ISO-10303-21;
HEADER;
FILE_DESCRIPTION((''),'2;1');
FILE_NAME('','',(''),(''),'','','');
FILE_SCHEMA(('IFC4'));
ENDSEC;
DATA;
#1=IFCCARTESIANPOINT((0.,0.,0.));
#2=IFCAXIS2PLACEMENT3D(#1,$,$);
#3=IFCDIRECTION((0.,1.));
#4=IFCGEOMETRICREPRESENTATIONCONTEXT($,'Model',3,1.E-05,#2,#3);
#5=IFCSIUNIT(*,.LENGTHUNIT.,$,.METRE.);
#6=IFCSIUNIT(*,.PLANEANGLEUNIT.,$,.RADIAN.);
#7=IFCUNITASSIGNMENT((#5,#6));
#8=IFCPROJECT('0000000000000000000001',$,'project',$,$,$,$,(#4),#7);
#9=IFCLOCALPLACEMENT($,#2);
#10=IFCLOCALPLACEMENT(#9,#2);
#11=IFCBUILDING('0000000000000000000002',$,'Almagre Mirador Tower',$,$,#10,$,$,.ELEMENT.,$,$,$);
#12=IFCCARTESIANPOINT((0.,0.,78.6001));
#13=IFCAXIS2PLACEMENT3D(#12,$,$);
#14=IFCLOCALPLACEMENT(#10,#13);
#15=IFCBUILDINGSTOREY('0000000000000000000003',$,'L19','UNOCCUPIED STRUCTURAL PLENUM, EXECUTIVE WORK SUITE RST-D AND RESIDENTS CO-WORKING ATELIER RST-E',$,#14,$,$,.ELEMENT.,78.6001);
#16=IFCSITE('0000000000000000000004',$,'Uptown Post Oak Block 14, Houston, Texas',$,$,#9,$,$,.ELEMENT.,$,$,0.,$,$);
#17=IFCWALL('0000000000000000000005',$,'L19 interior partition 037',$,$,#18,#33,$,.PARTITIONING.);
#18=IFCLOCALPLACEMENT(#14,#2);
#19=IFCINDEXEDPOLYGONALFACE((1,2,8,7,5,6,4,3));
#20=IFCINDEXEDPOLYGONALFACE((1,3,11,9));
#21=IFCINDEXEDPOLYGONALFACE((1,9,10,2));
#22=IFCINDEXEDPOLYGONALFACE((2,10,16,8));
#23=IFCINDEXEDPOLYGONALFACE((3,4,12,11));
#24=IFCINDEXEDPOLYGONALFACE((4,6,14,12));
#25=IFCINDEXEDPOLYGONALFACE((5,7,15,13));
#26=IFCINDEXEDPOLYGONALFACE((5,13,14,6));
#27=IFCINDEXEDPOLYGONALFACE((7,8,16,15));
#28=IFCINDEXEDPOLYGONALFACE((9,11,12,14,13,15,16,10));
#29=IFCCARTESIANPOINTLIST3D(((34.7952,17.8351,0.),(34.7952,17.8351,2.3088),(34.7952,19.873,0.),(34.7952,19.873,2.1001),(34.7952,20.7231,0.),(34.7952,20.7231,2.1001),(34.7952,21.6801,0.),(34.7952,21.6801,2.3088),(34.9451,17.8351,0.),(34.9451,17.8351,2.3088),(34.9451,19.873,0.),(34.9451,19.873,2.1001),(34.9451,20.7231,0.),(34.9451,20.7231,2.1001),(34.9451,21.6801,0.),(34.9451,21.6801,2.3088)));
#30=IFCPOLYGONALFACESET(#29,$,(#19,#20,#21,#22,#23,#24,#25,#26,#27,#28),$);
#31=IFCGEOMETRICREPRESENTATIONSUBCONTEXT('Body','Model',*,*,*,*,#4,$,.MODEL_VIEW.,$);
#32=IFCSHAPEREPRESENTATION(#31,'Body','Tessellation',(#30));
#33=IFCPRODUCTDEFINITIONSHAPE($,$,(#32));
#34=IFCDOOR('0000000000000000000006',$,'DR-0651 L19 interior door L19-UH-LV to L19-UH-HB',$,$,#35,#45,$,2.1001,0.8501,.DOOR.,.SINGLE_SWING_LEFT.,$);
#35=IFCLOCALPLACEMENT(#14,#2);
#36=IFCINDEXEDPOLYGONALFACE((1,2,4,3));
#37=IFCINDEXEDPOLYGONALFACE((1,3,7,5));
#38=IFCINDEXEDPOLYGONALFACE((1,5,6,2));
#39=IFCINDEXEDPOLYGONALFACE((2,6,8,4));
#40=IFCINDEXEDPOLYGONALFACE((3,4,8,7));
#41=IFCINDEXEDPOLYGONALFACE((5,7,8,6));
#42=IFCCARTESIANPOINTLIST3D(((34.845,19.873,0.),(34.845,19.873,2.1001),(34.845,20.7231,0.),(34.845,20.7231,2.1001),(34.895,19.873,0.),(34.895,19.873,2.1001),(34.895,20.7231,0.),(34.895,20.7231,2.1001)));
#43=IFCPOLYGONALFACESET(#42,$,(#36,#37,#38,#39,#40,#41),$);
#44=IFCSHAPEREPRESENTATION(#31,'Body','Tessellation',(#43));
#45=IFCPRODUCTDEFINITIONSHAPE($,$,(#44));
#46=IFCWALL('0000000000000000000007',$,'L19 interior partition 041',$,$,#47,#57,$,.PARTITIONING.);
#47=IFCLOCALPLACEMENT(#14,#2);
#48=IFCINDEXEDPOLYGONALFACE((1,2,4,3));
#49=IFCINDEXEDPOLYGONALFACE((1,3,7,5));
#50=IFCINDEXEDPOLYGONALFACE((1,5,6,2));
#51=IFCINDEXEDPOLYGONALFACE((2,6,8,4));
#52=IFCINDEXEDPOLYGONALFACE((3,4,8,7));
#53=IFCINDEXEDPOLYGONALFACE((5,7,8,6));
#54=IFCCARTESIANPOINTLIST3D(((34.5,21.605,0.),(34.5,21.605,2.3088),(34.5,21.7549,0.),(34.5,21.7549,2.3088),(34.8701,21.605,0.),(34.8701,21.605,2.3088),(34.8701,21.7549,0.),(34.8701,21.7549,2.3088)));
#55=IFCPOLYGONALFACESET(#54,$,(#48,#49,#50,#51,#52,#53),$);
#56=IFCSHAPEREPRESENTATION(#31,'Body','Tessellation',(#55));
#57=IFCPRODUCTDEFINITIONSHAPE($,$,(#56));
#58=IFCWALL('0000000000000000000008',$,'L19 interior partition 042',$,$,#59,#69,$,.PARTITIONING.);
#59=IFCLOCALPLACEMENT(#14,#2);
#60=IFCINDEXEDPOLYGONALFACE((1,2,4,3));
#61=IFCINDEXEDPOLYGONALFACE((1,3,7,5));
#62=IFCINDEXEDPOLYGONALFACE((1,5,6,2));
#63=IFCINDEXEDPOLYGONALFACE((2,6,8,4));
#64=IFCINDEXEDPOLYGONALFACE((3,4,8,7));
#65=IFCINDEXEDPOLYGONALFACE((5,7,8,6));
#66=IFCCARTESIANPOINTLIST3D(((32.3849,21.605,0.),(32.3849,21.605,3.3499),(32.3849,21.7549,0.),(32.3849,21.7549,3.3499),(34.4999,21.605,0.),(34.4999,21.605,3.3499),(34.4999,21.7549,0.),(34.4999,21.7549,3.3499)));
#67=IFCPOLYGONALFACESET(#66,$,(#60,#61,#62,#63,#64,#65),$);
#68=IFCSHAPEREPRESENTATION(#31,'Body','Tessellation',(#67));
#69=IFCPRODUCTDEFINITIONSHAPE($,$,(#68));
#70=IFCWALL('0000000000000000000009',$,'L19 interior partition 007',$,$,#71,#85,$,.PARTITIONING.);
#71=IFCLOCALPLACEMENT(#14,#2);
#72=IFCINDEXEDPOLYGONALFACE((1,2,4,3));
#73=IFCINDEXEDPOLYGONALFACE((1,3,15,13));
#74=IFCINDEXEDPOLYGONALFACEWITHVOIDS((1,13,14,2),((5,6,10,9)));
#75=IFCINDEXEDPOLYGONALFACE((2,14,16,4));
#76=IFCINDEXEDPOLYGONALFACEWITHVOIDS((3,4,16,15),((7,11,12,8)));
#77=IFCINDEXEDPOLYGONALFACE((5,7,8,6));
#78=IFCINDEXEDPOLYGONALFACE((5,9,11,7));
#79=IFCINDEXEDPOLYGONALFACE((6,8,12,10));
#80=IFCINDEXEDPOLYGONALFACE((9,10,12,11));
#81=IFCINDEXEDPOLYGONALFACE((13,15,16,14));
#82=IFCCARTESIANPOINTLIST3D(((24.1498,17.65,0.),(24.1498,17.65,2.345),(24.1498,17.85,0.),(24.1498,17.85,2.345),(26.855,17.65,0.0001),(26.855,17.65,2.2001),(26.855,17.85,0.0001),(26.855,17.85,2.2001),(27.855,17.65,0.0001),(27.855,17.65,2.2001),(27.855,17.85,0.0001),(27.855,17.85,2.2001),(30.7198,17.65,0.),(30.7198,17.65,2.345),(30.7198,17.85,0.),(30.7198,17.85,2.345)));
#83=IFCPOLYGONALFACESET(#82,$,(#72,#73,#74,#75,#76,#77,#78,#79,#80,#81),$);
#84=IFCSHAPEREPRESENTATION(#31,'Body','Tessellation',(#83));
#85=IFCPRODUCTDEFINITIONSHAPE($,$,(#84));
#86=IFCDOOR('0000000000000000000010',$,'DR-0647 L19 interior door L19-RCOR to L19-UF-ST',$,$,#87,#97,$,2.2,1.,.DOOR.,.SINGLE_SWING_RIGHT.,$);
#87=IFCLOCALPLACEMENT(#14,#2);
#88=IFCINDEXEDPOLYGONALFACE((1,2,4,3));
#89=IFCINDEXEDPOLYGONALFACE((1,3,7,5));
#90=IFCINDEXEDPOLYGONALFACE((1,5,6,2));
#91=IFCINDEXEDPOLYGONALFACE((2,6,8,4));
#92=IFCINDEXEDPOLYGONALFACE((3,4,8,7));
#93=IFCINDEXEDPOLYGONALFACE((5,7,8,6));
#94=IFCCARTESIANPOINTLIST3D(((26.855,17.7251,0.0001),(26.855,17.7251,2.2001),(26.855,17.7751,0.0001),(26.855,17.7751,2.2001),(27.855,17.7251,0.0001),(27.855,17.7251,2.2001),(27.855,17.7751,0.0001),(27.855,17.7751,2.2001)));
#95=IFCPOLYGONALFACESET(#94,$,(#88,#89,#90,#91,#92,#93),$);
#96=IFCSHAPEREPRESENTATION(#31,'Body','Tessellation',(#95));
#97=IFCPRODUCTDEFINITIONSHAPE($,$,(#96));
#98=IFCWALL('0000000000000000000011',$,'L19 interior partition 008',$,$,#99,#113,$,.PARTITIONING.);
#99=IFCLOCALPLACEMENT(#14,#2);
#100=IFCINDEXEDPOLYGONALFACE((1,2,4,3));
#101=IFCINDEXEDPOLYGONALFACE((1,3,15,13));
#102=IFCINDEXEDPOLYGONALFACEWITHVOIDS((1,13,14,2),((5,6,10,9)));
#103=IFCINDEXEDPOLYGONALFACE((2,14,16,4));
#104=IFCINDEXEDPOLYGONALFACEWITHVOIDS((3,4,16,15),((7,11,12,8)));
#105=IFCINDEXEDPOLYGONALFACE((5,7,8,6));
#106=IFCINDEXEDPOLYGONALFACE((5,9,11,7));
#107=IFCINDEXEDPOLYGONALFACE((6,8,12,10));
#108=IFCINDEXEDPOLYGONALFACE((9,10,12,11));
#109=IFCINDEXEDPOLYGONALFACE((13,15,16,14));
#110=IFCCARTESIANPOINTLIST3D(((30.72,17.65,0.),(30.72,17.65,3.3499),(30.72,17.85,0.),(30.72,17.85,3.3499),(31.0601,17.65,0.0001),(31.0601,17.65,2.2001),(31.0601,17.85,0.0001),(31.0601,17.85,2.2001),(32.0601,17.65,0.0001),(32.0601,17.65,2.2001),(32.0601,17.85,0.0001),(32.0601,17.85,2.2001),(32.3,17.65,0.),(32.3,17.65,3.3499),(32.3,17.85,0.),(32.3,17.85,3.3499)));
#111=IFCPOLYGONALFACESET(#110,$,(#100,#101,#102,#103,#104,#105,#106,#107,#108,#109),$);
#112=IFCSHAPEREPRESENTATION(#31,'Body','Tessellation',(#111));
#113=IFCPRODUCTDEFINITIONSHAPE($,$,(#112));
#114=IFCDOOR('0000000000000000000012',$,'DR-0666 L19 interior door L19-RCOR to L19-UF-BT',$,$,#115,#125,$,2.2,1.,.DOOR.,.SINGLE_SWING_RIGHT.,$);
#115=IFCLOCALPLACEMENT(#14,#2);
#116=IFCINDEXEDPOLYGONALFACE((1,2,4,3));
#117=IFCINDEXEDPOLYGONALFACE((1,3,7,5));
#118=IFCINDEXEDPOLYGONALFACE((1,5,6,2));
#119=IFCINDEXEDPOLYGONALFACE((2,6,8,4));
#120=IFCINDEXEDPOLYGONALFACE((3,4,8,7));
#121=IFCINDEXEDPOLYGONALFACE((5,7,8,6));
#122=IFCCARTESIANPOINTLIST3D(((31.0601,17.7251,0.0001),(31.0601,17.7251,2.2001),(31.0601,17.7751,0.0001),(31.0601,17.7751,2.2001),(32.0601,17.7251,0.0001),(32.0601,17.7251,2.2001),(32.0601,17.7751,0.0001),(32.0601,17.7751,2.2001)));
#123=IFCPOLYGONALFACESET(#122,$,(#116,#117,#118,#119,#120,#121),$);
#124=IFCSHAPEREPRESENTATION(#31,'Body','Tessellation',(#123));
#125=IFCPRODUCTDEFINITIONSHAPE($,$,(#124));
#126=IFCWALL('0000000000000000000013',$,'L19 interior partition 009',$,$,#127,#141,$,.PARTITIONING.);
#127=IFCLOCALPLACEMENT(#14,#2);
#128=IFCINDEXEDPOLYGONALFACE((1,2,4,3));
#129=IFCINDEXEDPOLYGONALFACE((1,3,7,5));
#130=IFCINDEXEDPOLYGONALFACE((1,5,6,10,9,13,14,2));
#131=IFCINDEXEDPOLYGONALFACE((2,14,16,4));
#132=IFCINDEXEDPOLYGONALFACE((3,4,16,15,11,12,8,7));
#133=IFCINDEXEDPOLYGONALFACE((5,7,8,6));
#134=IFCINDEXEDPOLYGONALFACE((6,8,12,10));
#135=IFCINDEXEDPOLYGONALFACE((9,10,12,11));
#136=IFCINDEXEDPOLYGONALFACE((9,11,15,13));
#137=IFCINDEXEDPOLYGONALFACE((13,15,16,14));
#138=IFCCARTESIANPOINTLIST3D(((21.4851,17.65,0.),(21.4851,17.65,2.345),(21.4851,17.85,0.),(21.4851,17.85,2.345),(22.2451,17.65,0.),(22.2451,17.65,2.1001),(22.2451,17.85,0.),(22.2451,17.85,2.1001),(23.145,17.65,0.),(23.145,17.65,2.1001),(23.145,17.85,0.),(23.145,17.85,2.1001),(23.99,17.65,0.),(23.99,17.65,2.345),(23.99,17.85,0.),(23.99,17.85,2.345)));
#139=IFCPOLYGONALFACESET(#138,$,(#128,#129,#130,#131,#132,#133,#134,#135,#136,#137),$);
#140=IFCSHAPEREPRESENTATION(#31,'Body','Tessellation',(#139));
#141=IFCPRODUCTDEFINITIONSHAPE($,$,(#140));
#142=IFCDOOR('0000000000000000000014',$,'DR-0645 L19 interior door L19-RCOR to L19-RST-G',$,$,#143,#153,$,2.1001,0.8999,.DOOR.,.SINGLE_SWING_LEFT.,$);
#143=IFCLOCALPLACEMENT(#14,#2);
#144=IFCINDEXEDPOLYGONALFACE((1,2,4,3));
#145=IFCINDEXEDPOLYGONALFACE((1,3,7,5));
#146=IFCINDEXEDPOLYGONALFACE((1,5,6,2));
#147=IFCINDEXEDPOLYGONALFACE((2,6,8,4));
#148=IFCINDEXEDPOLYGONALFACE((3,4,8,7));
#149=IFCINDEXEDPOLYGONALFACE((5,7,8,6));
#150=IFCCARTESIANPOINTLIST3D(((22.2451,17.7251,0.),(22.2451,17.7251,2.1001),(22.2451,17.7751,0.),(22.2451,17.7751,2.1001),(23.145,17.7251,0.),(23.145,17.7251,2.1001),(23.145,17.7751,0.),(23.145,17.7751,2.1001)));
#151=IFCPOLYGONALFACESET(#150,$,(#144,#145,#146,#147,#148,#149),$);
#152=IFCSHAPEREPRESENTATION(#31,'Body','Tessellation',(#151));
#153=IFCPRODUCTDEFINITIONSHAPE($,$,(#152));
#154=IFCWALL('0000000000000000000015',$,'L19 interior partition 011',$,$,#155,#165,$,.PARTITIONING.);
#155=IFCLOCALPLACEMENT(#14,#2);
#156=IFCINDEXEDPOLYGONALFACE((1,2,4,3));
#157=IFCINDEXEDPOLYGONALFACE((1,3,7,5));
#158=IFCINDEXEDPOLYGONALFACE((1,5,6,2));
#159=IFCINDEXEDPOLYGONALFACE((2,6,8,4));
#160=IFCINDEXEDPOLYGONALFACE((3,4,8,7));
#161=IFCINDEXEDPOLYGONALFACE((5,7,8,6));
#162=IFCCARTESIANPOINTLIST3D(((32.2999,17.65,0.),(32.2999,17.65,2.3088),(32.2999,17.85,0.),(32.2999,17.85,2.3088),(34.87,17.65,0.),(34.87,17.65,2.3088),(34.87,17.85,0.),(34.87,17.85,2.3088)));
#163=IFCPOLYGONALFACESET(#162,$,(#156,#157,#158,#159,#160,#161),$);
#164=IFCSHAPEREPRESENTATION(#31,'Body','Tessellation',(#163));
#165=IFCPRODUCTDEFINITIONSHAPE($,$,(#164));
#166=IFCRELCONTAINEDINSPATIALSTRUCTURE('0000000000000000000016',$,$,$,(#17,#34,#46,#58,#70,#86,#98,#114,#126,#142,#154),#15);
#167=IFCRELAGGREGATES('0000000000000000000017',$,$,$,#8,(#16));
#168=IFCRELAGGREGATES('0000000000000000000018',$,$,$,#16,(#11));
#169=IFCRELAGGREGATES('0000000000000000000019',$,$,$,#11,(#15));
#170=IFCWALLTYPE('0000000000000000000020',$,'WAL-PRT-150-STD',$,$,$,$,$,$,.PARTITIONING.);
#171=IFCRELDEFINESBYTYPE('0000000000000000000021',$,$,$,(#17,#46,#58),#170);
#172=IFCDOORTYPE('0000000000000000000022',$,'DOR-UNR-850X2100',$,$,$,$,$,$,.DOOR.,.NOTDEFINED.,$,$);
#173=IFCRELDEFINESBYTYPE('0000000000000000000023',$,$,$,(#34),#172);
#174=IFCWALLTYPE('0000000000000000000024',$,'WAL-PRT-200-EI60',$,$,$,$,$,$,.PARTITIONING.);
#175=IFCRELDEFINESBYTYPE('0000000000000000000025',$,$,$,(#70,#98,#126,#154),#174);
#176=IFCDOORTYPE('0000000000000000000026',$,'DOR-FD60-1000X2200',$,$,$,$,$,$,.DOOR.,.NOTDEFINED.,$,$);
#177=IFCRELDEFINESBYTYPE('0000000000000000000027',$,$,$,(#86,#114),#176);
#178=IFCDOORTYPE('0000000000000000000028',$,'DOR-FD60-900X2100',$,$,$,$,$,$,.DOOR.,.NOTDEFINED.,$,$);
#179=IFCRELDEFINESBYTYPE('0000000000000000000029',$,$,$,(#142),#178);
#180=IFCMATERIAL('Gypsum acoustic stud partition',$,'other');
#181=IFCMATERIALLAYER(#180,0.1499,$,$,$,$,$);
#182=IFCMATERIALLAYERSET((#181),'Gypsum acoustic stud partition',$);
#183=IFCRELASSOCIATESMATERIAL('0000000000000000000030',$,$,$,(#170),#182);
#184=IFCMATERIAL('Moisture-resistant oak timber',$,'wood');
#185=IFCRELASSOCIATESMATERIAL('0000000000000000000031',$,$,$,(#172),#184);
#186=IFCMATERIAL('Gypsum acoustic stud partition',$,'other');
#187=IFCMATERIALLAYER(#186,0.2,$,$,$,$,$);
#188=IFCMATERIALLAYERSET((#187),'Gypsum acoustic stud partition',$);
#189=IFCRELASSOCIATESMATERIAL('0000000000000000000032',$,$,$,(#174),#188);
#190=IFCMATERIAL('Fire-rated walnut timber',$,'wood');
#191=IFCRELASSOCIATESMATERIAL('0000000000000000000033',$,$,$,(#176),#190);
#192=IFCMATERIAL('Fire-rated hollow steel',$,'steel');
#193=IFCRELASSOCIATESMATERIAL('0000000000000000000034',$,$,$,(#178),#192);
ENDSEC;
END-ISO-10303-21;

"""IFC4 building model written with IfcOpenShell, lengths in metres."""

from ifc_helpers import new_model, si_unit, direction, frame, frame_2d, origin, place, context, subcontext, project, spatial, rectangle, extrude, material, layer, layer_set, type_object, element, fill, save


model = new_model("IFC4")

# Units and contexts
model_context = context("Model", 3, precision=1e-05, world=origin(), true_north=direction((0.0, 1.0)))
body_context = subcontext(model_context, "Body", "Model", "MODEL_VIEW")
ifc_project = project(units=[si_unit("LENGTHUNIT", "METRE"), si_unit("PLANEANGLEUNIT", "RADIAN")], contexts=[model_context])

# Site, building, storey
site_placement = place(None, origin())
site = spatial("IfcSite", under=ifc_project, at=site_placement, Name="Uptown Post Oak Block 14, Houston, Texas", CompositionType="ELEMENT", RefElevation=0.0)
building_placement = place(site_placement, origin())
building = spatial("IfcBuilding", under=site, at=building_placement, Name="Almagre Mirador Tower", CompositionType="ELEMENT")
storey_placement = place(building_placement, frame((0.0, 0.0, 78.6001)))
storey = spatial("IfcBuildingStorey", under=building, at=storey_placement, Name="L19", Description="UNOCCUPIED STRUCTURAL PLENUM, EXECUTIVE WORK SUITE RST-D AND RESIDENTS CO-WORKING ATELIER RST-E", CompositionType="ELEMENT", Elevation=78.6001)

# Shared definitions
ifc_material_1 = material(Name="Gypsum acoustic stud partition", Category="other")
ifc_layer_1 = layer(ifc_material_1, 0.1499)
ifc_layer_set_1 = layer_set([ifc_layer_1], Name="Gypsum acoustic stud partition")
wall_type_1 = type_object("IfcWallType", Name="WAL-PRT-150-STD", PredefinedType="PARTITIONING", material=ifc_layer_set_1)
ifc_material_2 = material(Name="Moisture-resistant oak timber", Category="wood")
door_type_1 = type_object("IfcDoorType", Name="DOR-UNR-850X2100", OperationType="NOTDEFINED", PredefinedType="DOOR", material=ifc_material_2)

# Wall, opening, door
wall_1_placement = place(storey_placement, frame((34.8701, 21.6799, 0.0), z_axis=(0.0, 0.0, 1.0), x_axis=(0.0, -1.0, 0.0)))
wall_1 = element("IfcWall", 1, at=wall_1_placement, inside=storey, type_object=wall_type_1, Name="L19 interior partition 037", PredefinedType="PARTITIONING", context=body_context, shape_type="SweptSolid", body=[
    extrude(rectangle(XDim=3.845, YDim=0.1499, at=frame_2d((1.9224, 0.0))), origin(), (0.0, 0.0, 1.0), 2.3088),
])
opening_1_placement = place(wall_1_placement, frame((0.9568, 0.0, 0.0)))
opening_1 = element("IfcOpeningElement", 2, at=opening_1_placement, cuts=wall_1, PredefinedType="OPENING", context=body_context, shape_type="SweptSolid", body=[
    extrude(rectangle(XDim=0.8501, YDim=2.1001, at=frame_2d((0.425, 1.05))), frame((0.0, 0.085, 0.0), z_axis=(0.0, -1.0, 0.0), x_axis=(1.0, 0.0, 0.0)), (0.0, 0.0, 1.0), 0.1699),
])
door_1_placement = place(opening_1_placement, origin())
door_1 = element("IfcDoor", 3, at=door_1_placement, inside=storey, type_object=door_type_1, Name="DR-0651 L19 interior door L19-UH-LV to L19-UH-HB", OperationType="SINGLE_SWING_LEFT", OverallHeight=2.1001, OverallWidth=0.8501, PredefinedType="DOOR", context=body_context, shape_type="SweptSolid", body=[
    extrude(rectangle(XDim=0.8501, YDim=2.1001, at=frame_2d((0.425, 1.05))), frame((0.0, 0.0249, 0.0), z_axis=(0.0, -1.0, 0.0), x_axis=(1.0, 0.0, 0.0)), (0.0, 0.0, 1.0), 0.05),
])
fill(opening_1, door_1)

# Walls
wall_2_placement = place(storey_placement, frame((34.8701, 21.6799, 0.0), z_axis=(0.0, 0.0, 1.0), x_axis=(-1.0, 0.0, 0.0)))
element("IfcWall", 4, at=wall_2_placement, inside=storey, type_object=wall_type_1, Name="L19 interior partition 041", PredefinedType="PARTITIONING", context=body_context, shape_type="SweptSolid", body=[
    extrude(rectangle(XDim=0.3701, YDim=0.1499, at=frame_2d((0.1851, 0.0))), origin(), (0.0, 0.0, 1.0), 2.3088),
])
wall_3_placement = place(storey_placement, frame((34.5, 21.6799, 0.0), z_axis=(0.0, 0.0, 1.0), x_axis=(-1.0, 0.0, 0.0)))
element("IfcWall", 5, at=wall_3_placement, inside=storey, type_object=wall_type_1, Name="L19 interior partition 042", PredefinedType="PARTITIONING", context=body_context, shape_type="SweptSolid", body=[
    extrude(rectangle(XDim=2.115, YDim=0.1499, at=frame_2d((1.0576, 0.0))), origin(), (0.0, 0.0, 1.0), 3.3499),
])

# Walls, openings, doors
ifc_material_3 = material(Name="Gypsum acoustic stud partition", Category="other")
ifc_layer_2 = layer(ifc_material_3, 0.2)
ifc_layer_set_2 = layer_set([ifc_layer_2], Name="Gypsum acoustic stud partition")
wall_type_2 = type_object("IfcWallType", Name="WAL-PRT-200-EI60", PredefinedType="PARTITIONING", material=ifc_layer_set_2)
wall_4_placement = place(storey_placement, frame((30.72, 17.75, 0.0), z_axis=(0.0, 0.0, 1.0), x_axis=(-1.0, 0.0, 0.0)))
wall_4 = element("IfcWall", 6, at=wall_4_placement, inside=storey, type_object=wall_type_2, Name="L19 interior partition 007", PredefinedType="PARTITIONING", context=body_context, shape_type="SweptSolid", body=[
    extrude(rectangle(XDim=6.5701, YDim=0.2, at=frame_2d((3.2852, 0.0))), origin(), (0.0, 0.0, 1.0), 2.345),
])
opening_2_placement = place(wall_4_placement, frame((2.865, 0.0, 0.0)))
opening_2 = element("IfcOpeningElement", 7, at=opening_2_placement, cuts=wall_4, PredefinedType="OPENING", context=body_context, shape_type="SweptSolid", body=[
    extrude(rectangle(XDim=1.0, YDim=2.2, at=frame_2d((0.5, 1.1001))), frame((0.0, 0.1101, 0.0), z_axis=(0.0, -1.0, 0.0), x_axis=(1.0, 0.0, 0.0)), (0.0, 0.0, 1.0), 0.22),
])
ifc_material_4 = material(Name="Fire-rated walnut timber", Category="wood")
door_type_2 = type_object("IfcDoorType", Name="DOR-FD60-1000X2200", OperationType="NOTDEFINED", PredefinedType="DOOR", material=ifc_material_4)
door_2_placement = place(opening_2_placement, origin())
door_2 = element("IfcDoor", 8, at=door_2_placement, inside=storey, type_object=door_type_2, Name="DR-0647 L19 interior door L19-RCOR to L19-UF-ST", OperationType="SINGLE_SWING_RIGHT", OverallHeight=2.2, OverallWidth=1.0, PredefinedType="DOOR", context=body_context, shape_type="SweptSolid", body=[
    extrude(rectangle(XDim=1.0, YDim=2.2, at=frame_2d((0.5, 1.1001))), frame((0.0, 0.0249, 0.0), z_axis=(0.0, -1.0, 0.0), x_axis=(1.0, 0.0, 0.0)), (0.0, 0.0, 1.0), 0.05),
])
fill(opening_2, door_2)
wall_5_placement = place(storey_placement, frame((32.3, 17.75, 0.0), z_axis=(0.0, 0.0, 1.0), x_axis=(-1.0, 0.0, 0.0)))
wall_5 = element("IfcWall", 9, at=wall_5_placement, inside=storey, type_object=wall_type_2, Name="L19 interior partition 008", PredefinedType="PARTITIONING", context=body_context, shape_type="SweptSolid", body=[
    extrude(rectangle(XDim=1.5801, YDim=0.2, at=frame_2d((0.79, 0.0))), origin(), (0.0, 0.0, 1.0), 3.3499),
])
opening_3_placement = place(wall_5_placement, frame((0.24, 0.0, 0.0)))
opening_3 = element("IfcOpeningElement", 10, at=opening_3_placement, cuts=wall_5, PredefinedType="OPENING", context=body_context, shape_type="SweptSolid", body=[
    extrude(rectangle(XDim=1.0, YDim=2.2, at=frame_2d((0.5, 1.1001))), frame((0.0, 0.1101, 0.0), z_axis=(0.0, -1.0, 0.0), x_axis=(1.0, 0.0, 0.0)), (0.0, 0.0, 1.0), 0.22),
])
door_3_placement = place(opening_3_placement, origin())
door_3 = element("IfcDoor", 11, at=door_3_placement, inside=storey, type_object=door_type_2, Name="DR-0666 L19 interior door L19-RCOR to L19-UF-BT", OperationType="SINGLE_SWING_RIGHT", OverallHeight=2.2, OverallWidth=1.0, PredefinedType="DOOR", context=body_context, shape_type="SweptSolid", body=[
    extrude(rectangle(XDim=1.0, YDim=2.2, at=frame_2d((0.5, 1.1001))), frame((0.0, 0.0249, 0.0), z_axis=(0.0, -1.0, 0.0), x_axis=(1.0, 0.0, 0.0)), (0.0, 0.0, 1.0), 0.05),
])
fill(opening_3, door_3)
wall_6_placement = place(storey_placement, frame((23.99, 17.75, 0.0), z_axis=(0.0, 0.0, 1.0), x_axis=(-1.0, 0.0, 0.0)))
wall_6 = element("IfcWall", 12, at=wall_6_placement, inside=storey, type_object=wall_type_2, Name="L19 interior partition 009", PredefinedType="PARTITIONING", context=body_context, shape_type="SweptSolid", body=[
    extrude(rectangle(XDim=2.5049, YDim=0.2, at=frame_2d((1.2524, 0.0))), origin(), (0.0, 0.0, 1.0), 2.345),
])
opening_4_placement = place(wall_6_placement, frame((0.845, 0.0, 0.0)))
opening_4 = element("IfcOpeningElement", 13, at=opening_4_placement, cuts=wall_6, PredefinedType="OPENING", context=body_context, shape_type="SweptSolid", body=[
    extrude(rectangle(XDim=0.8999, YDim=2.1001, at=frame_2d((0.45, 1.05))), frame((0.0, 0.1101, 0.0), z_axis=(0.0, -1.0, 0.0), x_axis=(1.0, 0.0, 0.0)), (0.0, 0.0, 1.0), 0.22),
])
ifc_material_5 = material(Name="Fire-rated hollow steel", Category="steel")
door_type_3 = type_object("IfcDoorType", Name="DOR-FD60-900X2100", OperationType="NOTDEFINED", PredefinedType="DOOR", material=ifc_material_5)
door_4_placement = place(opening_4_placement, origin())
door_4 = element("IfcDoor", 14, at=door_4_placement, inside=storey, type_object=door_type_3, Name="DR-0645 L19 interior door L19-RCOR to L19-RST-G", OperationType="SINGLE_SWING_LEFT", OverallHeight=2.1001, OverallWidth=0.8999, PredefinedType="DOOR", context=body_context, shape_type="SweptSolid", body=[
    extrude(rectangle(XDim=0.8999, YDim=2.1001, at=frame_2d((0.45, 1.05))), frame((0.0, 0.0249, 0.0), z_axis=(0.0, -1.0, 0.0), x_axis=(1.0, 0.0, 0.0)), (0.0, 0.0, 1.0), 0.05),
])
fill(opening_4, door_4)

# Wall
wall_7_placement = place(storey_placement, frame((34.8701, 17.75, 0.0), z_axis=(0.0, 0.0, 1.0), x_axis=(-1.0, 0.0, 0.0)))
element("IfcWall", 15, at=wall_7_placement, inside=storey, type_object=wall_type_2, Name="L19 interior partition 011", PredefinedType="PARTITIONING", context=body_context, shape_type="SweptSolid", body=[
    extrude(rectangle(XDim=2.5701, YDim=0.2, at=frame_2d((1.2852, 0.0))), origin(), (0.0, 0.0, 1.0), 2.3088),
])

save(model, "model.ifc")
